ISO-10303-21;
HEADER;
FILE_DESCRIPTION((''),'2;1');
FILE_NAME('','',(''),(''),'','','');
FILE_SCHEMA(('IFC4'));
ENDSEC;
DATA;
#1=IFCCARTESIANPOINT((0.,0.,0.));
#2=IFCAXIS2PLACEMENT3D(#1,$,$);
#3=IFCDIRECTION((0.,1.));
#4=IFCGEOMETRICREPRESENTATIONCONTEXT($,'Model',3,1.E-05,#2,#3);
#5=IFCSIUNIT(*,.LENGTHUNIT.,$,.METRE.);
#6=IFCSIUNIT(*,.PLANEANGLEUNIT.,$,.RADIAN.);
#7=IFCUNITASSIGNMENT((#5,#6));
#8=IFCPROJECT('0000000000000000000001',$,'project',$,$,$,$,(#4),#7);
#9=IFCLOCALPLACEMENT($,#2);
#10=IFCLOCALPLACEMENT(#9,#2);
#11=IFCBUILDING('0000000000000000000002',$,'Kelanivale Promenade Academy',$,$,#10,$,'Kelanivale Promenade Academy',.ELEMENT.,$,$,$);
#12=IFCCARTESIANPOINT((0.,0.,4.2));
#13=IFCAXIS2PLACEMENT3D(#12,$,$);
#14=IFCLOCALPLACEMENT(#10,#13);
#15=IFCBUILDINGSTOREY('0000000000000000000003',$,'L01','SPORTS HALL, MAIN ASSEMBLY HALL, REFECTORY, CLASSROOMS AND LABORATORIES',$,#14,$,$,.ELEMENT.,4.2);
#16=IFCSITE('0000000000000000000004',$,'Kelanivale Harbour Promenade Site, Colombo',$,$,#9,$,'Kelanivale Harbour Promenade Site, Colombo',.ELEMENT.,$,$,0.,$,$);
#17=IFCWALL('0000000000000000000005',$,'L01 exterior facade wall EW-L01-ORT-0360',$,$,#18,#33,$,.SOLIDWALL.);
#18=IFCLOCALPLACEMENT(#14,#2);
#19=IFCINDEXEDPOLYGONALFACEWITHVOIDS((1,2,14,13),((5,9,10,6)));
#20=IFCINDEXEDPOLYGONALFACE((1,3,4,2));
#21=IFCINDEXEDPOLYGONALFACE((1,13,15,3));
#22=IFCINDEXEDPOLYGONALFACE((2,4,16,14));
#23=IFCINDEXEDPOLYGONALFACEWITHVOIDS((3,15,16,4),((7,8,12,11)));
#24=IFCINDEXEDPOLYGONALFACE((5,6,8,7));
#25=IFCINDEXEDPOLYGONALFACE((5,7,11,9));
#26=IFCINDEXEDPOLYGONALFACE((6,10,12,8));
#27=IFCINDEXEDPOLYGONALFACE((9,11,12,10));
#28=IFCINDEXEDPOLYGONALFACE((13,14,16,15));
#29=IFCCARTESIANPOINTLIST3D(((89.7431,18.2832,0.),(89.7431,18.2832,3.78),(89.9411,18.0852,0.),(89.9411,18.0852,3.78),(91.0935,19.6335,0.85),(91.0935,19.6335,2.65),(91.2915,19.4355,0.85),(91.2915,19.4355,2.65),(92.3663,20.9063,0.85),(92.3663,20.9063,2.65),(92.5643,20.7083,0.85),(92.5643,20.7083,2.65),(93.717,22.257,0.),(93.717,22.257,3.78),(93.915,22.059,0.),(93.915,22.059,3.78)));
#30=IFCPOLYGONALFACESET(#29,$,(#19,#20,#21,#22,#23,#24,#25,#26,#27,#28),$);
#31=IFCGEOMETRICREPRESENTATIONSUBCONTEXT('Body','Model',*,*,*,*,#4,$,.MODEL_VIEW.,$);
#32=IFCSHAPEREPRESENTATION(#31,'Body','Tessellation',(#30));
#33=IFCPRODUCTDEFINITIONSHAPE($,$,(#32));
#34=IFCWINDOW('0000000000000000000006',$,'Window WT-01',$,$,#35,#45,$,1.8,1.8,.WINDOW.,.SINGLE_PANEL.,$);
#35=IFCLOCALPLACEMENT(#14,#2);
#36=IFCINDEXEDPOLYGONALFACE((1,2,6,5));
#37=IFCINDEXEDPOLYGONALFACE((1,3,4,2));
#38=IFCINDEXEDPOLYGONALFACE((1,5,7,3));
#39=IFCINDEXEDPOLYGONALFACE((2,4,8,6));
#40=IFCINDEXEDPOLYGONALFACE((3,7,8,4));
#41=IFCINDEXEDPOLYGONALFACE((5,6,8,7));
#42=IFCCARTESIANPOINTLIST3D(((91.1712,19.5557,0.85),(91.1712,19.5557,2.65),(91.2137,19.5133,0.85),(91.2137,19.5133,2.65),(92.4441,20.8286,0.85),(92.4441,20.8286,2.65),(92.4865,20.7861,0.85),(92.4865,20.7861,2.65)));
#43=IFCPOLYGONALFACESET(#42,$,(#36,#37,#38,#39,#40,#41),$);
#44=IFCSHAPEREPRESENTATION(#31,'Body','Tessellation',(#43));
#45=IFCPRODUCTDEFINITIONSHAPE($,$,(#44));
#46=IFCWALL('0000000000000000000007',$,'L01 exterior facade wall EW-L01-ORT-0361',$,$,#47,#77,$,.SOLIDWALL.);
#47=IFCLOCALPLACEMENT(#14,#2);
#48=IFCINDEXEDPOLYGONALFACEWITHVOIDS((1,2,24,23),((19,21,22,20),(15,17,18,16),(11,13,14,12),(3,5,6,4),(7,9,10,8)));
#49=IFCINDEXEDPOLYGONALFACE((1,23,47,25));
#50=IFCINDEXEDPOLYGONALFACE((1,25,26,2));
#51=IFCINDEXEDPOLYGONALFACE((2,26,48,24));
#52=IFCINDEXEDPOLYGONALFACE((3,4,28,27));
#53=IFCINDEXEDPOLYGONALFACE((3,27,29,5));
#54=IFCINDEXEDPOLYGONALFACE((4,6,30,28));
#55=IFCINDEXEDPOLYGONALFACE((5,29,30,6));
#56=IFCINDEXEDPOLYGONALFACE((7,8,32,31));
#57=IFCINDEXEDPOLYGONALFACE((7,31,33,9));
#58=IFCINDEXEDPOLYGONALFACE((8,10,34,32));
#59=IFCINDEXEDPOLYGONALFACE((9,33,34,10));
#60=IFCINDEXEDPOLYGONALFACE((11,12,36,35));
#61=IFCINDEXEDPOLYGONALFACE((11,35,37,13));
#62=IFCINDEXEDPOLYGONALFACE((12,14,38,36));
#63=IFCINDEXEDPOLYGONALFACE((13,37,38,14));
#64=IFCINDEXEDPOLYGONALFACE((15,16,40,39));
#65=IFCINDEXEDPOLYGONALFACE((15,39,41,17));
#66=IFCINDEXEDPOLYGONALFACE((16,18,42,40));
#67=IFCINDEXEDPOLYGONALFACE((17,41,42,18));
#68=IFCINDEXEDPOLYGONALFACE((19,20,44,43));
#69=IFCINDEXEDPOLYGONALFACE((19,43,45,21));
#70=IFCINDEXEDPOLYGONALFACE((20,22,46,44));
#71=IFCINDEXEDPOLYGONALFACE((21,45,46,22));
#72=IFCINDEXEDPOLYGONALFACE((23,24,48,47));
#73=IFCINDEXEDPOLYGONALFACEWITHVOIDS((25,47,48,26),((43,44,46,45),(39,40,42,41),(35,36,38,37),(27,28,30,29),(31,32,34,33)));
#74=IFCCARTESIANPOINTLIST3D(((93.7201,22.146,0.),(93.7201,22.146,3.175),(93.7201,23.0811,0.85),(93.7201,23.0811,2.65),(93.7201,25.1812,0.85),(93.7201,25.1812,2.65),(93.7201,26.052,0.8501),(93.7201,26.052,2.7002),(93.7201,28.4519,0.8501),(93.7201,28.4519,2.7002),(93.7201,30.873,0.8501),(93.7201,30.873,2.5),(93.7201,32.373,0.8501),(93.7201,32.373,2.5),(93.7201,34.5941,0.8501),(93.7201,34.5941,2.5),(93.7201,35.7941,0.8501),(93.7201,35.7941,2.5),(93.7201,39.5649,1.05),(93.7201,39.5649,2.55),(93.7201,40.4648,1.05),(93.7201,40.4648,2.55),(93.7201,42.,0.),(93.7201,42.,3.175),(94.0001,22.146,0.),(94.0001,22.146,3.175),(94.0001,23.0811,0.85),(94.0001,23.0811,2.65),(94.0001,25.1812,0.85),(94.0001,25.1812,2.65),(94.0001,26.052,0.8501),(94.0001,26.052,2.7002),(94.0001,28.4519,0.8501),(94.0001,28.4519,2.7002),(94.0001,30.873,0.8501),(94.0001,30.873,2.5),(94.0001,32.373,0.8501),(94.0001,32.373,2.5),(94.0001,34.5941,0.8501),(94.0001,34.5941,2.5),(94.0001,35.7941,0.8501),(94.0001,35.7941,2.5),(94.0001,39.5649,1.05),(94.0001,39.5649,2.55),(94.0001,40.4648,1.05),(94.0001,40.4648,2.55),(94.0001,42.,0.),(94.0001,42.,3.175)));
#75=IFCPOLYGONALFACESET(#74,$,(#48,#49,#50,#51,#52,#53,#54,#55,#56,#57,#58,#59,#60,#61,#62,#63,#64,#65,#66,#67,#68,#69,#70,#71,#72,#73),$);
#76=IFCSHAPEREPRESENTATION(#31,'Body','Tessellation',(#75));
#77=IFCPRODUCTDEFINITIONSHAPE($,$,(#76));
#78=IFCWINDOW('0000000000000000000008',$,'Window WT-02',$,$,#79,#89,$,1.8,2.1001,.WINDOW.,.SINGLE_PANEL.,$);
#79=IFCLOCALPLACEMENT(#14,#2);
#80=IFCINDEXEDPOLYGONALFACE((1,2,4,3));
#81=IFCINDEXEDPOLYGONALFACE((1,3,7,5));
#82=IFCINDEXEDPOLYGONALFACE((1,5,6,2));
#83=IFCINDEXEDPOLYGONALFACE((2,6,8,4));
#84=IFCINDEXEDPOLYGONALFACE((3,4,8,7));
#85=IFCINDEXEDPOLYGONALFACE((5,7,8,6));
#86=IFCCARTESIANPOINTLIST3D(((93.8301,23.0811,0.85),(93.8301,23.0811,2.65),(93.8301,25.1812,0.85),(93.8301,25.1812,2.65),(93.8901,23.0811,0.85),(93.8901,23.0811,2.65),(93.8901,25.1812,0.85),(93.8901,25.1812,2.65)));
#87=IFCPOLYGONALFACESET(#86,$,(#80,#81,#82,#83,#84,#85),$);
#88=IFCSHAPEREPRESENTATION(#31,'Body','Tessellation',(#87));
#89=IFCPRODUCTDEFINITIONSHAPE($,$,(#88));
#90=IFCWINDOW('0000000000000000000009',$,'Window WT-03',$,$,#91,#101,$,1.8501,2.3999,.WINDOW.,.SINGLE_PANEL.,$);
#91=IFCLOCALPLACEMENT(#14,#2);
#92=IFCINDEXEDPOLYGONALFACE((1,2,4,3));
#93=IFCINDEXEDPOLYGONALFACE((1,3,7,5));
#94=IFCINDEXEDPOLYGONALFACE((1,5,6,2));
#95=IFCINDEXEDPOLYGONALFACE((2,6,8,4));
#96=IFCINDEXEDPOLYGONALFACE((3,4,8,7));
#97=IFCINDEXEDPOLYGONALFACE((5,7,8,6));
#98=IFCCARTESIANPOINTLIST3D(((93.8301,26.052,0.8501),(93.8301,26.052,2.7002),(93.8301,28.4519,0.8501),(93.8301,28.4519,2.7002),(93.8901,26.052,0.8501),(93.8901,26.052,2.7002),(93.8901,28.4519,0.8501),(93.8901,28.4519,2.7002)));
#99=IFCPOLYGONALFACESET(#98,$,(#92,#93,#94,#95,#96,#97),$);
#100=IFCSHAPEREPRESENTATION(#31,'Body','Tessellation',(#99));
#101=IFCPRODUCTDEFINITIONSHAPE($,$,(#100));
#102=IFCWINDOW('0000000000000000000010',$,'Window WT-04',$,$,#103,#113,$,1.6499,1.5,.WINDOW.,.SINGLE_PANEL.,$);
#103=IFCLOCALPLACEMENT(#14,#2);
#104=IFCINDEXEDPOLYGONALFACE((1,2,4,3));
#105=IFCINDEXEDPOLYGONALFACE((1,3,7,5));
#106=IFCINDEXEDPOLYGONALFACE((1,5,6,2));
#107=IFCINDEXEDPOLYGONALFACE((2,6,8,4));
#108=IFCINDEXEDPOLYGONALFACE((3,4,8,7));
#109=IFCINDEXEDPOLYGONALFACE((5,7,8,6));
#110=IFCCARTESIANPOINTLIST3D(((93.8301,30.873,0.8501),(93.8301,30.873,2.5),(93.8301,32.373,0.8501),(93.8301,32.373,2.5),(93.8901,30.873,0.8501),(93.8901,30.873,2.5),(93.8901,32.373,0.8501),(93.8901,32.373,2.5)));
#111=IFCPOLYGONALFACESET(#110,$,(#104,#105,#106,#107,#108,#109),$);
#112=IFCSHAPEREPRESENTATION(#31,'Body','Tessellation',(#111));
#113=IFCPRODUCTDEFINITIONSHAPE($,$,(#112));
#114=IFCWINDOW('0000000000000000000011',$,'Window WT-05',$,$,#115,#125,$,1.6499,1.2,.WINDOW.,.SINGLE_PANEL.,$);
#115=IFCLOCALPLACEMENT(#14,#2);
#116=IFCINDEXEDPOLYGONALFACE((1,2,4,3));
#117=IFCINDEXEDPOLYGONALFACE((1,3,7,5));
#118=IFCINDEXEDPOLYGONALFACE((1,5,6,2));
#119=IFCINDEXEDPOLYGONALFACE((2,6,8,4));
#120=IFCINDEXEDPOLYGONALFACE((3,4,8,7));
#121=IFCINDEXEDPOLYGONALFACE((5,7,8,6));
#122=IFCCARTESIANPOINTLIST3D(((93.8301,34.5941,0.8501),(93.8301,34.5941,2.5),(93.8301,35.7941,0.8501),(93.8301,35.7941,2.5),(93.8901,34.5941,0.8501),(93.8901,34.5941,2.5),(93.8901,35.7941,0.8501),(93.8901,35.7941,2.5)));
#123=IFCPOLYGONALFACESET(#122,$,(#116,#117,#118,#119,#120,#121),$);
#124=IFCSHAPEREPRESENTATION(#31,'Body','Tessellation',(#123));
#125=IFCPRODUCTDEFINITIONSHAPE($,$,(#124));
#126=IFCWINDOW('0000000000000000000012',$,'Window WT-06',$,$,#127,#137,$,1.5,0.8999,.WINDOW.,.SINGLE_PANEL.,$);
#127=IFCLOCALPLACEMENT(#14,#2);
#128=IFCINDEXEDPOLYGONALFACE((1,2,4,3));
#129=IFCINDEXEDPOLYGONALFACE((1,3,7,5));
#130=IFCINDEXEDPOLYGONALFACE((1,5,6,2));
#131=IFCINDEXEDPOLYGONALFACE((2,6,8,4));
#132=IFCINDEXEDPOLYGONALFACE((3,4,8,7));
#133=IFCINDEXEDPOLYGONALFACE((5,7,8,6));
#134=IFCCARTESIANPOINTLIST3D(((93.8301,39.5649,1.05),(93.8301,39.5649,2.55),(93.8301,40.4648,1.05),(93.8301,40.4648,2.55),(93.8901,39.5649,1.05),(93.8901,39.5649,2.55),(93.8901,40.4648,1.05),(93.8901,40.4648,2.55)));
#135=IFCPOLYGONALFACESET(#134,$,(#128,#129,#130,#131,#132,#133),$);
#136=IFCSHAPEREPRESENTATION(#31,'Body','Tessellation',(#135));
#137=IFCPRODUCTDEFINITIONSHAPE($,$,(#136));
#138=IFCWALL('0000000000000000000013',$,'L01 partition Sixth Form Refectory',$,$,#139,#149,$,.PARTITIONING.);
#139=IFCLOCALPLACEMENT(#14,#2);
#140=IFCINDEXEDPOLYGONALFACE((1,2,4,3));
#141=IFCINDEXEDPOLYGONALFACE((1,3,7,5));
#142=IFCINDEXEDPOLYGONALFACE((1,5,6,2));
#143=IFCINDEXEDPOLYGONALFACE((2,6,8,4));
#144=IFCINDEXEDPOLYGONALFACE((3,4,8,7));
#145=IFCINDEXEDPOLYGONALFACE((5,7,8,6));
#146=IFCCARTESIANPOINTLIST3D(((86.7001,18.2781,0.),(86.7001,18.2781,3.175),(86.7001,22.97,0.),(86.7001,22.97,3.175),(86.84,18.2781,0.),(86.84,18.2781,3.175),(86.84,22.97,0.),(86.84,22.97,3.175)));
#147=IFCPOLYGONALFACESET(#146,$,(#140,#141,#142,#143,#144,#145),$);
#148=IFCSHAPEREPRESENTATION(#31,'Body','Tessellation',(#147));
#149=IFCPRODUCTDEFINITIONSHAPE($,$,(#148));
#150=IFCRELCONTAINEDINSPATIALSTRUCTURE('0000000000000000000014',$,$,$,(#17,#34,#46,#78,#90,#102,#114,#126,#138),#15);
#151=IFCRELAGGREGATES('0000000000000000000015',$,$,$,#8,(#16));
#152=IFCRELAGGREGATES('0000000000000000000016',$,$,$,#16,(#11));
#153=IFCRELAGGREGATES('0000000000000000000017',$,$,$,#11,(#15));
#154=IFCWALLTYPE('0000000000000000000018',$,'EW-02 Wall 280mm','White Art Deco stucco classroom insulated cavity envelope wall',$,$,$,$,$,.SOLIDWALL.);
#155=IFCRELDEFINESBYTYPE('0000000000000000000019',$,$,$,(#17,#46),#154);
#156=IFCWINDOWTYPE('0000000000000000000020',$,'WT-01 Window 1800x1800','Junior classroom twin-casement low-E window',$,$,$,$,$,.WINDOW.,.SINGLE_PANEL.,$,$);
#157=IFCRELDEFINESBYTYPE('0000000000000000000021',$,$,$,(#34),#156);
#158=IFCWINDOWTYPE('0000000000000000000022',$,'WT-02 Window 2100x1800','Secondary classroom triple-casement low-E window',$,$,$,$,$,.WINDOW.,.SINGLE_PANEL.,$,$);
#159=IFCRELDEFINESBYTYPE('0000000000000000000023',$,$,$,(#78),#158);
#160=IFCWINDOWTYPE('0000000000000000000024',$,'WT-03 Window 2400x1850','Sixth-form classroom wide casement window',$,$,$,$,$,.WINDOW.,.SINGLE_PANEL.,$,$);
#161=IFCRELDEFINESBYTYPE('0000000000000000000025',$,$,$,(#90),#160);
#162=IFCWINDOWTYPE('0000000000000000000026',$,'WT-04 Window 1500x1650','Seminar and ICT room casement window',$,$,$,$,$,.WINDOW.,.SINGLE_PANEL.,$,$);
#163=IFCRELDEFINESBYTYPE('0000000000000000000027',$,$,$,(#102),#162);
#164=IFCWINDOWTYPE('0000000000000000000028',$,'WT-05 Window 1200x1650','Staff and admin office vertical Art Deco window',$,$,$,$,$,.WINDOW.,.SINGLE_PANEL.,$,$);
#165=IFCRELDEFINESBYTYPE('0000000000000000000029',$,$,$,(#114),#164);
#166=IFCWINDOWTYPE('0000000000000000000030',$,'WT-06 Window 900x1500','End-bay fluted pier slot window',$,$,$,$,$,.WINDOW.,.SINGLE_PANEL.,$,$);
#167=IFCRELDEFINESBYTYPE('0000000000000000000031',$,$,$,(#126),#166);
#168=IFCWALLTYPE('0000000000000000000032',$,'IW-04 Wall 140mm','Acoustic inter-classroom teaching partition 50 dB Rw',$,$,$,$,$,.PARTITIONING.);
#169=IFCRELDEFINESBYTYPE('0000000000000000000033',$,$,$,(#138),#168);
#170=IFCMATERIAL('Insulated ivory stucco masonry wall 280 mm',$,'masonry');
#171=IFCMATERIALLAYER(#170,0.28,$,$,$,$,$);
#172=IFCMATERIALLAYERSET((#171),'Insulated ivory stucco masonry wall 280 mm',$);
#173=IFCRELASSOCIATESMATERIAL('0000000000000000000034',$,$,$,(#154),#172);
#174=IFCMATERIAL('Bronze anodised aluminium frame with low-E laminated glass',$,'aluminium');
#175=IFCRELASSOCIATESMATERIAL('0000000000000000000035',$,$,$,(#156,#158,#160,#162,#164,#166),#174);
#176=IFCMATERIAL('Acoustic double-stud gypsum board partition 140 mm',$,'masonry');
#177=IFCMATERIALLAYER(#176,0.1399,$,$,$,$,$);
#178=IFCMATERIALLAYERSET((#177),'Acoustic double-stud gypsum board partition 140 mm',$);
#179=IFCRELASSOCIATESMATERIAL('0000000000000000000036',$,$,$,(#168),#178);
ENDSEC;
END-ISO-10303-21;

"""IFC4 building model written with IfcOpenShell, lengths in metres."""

from ifc_helpers import new_model, si_unit, direction, frame, frame_2d, origin, place, context, subcontext, project, spatial, rectangle, extrude, material, layer, layer_set, type_object, element, fill, save


model = new_model("IFC4")

# Units and contexts
model_context = context("Model", 3, precision=1e-05, world=origin(), true_north=direction((0.0, 1.0)))
body_context = subcontext(model_context, "Body", "Model", "MODEL_VIEW")
ifc_project = project(units=[si_unit("LENGTHUNIT", "METRE"), si_unit("PLANEANGLEUNIT", "RADIAN")], contexts=[model_context])

# Site, building, storey
site_placement = place(None, origin())
site = spatial("IfcSite", under=ifc_project, at=site_placement, Name="Kelanivale Harbour Promenade Site, Colombo", LongName="Kelanivale Harbour Promenade Site, Colombo", CompositionType="ELEMENT", RefElevation=0.0)
building_placement = place(site_placement, origin())
building = spatial("IfcBuilding", under=site, at=building_placement, Name="Kelanivale Promenade Academy", LongName="Kelanivale Promenade Academy", CompositionType="ELEMENT")
storey_placement = place(building_placement, frame((0.0, 0.0, 4.2)))
storey = spatial("IfcBuildingStorey", under=building, at=storey_placement, Name="L01", Description="SPORTS HALL, MAIN ASSEMBLY HALL, REFECTORY, CLASSROOMS AND LABORATORIES", CompositionType="ELEMENT", Elevation=4.2)

# Wall, opening, window
ifc_material_1 = material(Name="Insulated ivory stucco masonry wall 280 mm", Category="masonry")
ifc_layer_1 = layer(ifc_material_1, 0.28)
ifc_layer_set_1 = layer_set([ifc_layer_1], Name="Insulated ivory stucco masonry wall 280 mm")
wall_type_1 = type_object("IfcWallType", Name="EW-02 Wall 280mm", Description="White Art Deco stucco classroom insulated cavity envelope wall", PredefinedType="SOLIDWALL", material=ifc_layer_set_1)
wall_1_placement = place(storey_placement, frame((89.842, 18.1841, 0.0), z_axis=(0.0, 0.0, 1.0), x_axis=(0.707107, 0.707107, 0.0)))
wall_1 = element("IfcWall", 1, at=wall_1_placement, inside=storey, type_object=wall_type_1, Name="L01 exterior facade wall EW-L01-ORT-0360", PredefinedType="SOLIDWALL", context=body_context, shape_type="SweptSolid", body=[
    extrude(rectangle(XDim=5.6199, YDim=0.28, at=frame_2d((2.8101, 0.0))), origin(), (0.0, 0.0, 1.0), 3.78),
])
opening_1_placement = place(wall_1_placement, frame((1.9099, 0.0, 0.8501)))
opening_1 = element("IfcOpeningElement", 2, at=opening_1_placement, cuts=wall_1, PredefinedType="OPENING", context=body_context, shape_type="SweptSolid", body=[
    extrude(rectangle(XDim=1.8, YDim=1.8, at=frame_2d((0.8999, 0.8999))), frame((0.0, 0.1499, 0.0), z_axis=(0.0, -1.0, 0.0), x_axis=(1.0, 0.0, 0.0)), (0.0, 0.0, 1.0), 0.3),
])
ifc_material_2 = material(Name="Bronze anodised aluminium frame with low-E laminated glass", Category="aluminium")
window_type_1 = type_object("IfcWindowType", Name="WT-01 Window 1800x1800", Description="Junior classroom twin-casement low-E window", PartitioningType="SINGLE_PANEL", PredefinedType="WINDOW", material=ifc_material_2)
window_1_placement = place(opening_1_placement, origin())
window_1 = element("IfcWindow", 3, at=window_1_placement, inside=storey, type_object=window_type_1, Name="Window WT-01", OverallHeight=1.8, OverallWidth=1.8, PartitioningType="SINGLE_PANEL", PredefinedType="WINDOW", context=body_context, shape_type="SweptSolid", body=[
    extrude(rectangle(XDim=1.8, YDim=1.8, at=frame_2d((0.8999, 0.8999))), frame((0.0, 0.03, 0.0), z_axis=(0.0, -1.0, 0.0), x_axis=(1.0, 0.0, 0.0)), (0.0, 0.0, 1.0), 0.0601),
])
fill(opening_1, window_1)

# Wall, openings, windows
wall_2_placement = place(storey_placement, frame((93.8601, 22.146, 0.0), z_axis=(0.0, 0.0, 1.0), x_axis=(0.0, 1.0, 0.0)))
wall_2 = element("IfcWall", 4, at=wall_2_placement, inside=storey, type_object=wall_type_1, Name="L01 exterior facade wall EW-L01-ORT-0361", PredefinedType="SOLIDWALL", context=body_context, shape_type="SweptSolid", body=[
    extrude(rectangle(XDim=19.854, YDim=0.28, at=frame_2d((9.927, 0.0))), origin(), (0.0, 0.0, 1.0), 3.175),
])
opening_2_placement = place(wall_2_placement, frame((0.9351, 0.0, 0.8501)))
opening_2 = element("IfcOpeningElement", 5, at=opening_2_placement, cuts=wall_2, PredefinedType="OPENING", context=body_context, shape_type="SweptSolid", body=[
    extrude(rectangle(XDim=2.1001, YDim=1.8, at=frame_2d((1.05, 0.8999))), frame((0.0, 0.1499, 0.0), z_axis=(0.0, -1.0, 0.0), x_axis=(1.0, 0.0, 0.0)), (0.0, 0.0, 1.0), 0.3),
])
opening_3_placement = place(wall_2_placement, frame((3.906, 0.0, 0.8501)))
opening_3 = element("IfcOpeningElement", 6, at=opening_3_placement, cuts=wall_2, PredefinedType="OPENING", context=body_context, shape_type="SweptSolid", body=[
    extrude(rectangle(XDim=2.3999, YDim=1.8501, at=frame_2d((1.2, 0.925))), frame((0.0, 0.1499, 0.0), z_axis=(0.0, -1.0, 0.0), x_axis=(1.0, 0.0, 0.0)), (0.0, 0.0, 1.0), 0.3),
])
opening_4_placement = place(wall_2_placement, frame((8.7271, 0.0, 0.8501)))
opening_4 = element("IfcOpeningElement", 7, at=opening_4_placement, cuts=wall_2, PredefinedType="OPENING", context=body_context, shape_type="SweptSolid", body=[
    extrude(rectangle(XDim=1.5, YDim=1.6499, at=frame_2d((0.75, 0.825))), frame((0.0, 0.1499, 0.0), z_axis=(0.0, -1.0, 0.0), x_axis=(1.0, 0.0, 0.0)), (0.0, 0.0, 1.0), 0.3),
])
opening_5_placement = place(wall_2_placement, frame((12.448, 0.0, 0.8501)))
opening_5 = element("IfcOpeningElement", 8, at=opening_5_placement, cuts=wall_2, PredefinedType="OPENING", context=body_context, shape_type="SweptSolid", body=[
    extrude(rectangle(XDim=1.2, YDim=1.6499, at=frame_2d((0.6001, 0.825))), frame((0.0, 0.1499, 0.0), z_axis=(0.0, -1.0, 0.0), x_axis=(1.0, 0.0, 0.0)), (0.0, 0.0, 1.0), 0.3),
])
opening_6_placement = place(wall_2_placement, frame((17.4189, 0.0, 1.05)))
opening_6 = element("IfcOpeningElement", 9, at=opening_6_placement, cuts=wall_2, PredefinedType="OPENING", context=body_context, shape_type="SweptSolid", body=[
    extrude(rectangle(XDim=0.8999, YDim=1.5, at=frame_2d((0.45, 0.75))), frame((0.0, 0.1499, 0.0), z_axis=(0.0, -1.0, 0.0), x_axis=(1.0, 0.0, 0.0)), (0.0, 0.0, 1.0), 0.3),
])
window_type_2 = type_object("IfcWindowType", Name="WT-02 Window 2100x1800", Description="Secondary classroom triple-casement low-E window", PartitioningType="SINGLE_PANEL", PredefinedType="WINDOW", material=ifc_material_2)
window_2_placement = place(opening_2_placement, origin())
window_2 = element("IfcWindow", 10, at=window_2_placement, inside=storey, type_object=window_type_2, Name="Window WT-02", OverallHeight=1.8, OverallWidth=2.1001, PartitioningType="SINGLE_PANEL", PredefinedType="WINDOW", context=body_context, shape_type="SweptSolid", body=[
    extrude(rectangle(XDim=2.1001, YDim=1.8, at=frame_2d((1.05, 0.8999))), frame((0.0, 0.03, 0.0), z_axis=(0.0, -1.0, 0.0), x_axis=(1.0, 0.0, 0.0)), (0.0, 0.0, 1.0), 0.0601),
])
fill(opening_2, window_2)
window_type_3 = type_object("IfcWindowType", Name="WT-03 Window 2400x1850", Description="Sixth-form classroom wide casement window", PartitioningType="SINGLE_PANEL", PredefinedType="WINDOW", material=ifc_material_2)
window_3_placement = place(opening_3_placement, origin())
window_3 = element("IfcWindow", 11, at=window_3_placement, inside=storey, type_object=window_type_3, Name="Window WT-03", OverallHeight=1.8501, OverallWidth=2.3999, PartitioningType="SINGLE_PANEL", PredefinedType="WINDOW", context=body_context, shape_type="SweptSolid", body=[
    extrude(rectangle(XDim=2.3999, YDim=1.8501, at=frame_2d((1.2, 0.925))), frame((0.0, 0.03, 0.0), z_axis=(0.0, -1.0, 0.0), x_axis=(1.0, 0.0, 0.0)), (0.0, 0.0, 1.0), 0.0601),
])
fill(opening_3, window_3)
window_type_4 = type_object("IfcWindowType", Name="WT-04 Window 1500x1650", Description="Seminar and ICT room casement window", PartitioningType="SINGLE_PANEL", PredefinedType="WINDOW", material=ifc_material_2)
window_4_placement = place(opening_4_placement, origin())
window_4 = element("IfcWindow", 12, at=window_4_placement, inside=storey, type_object=window_type_4, Name="Window WT-04", OverallHeight=1.6499, OverallWidth=1.5, PartitioningType="SINGLE_PANEL", PredefinedType="WINDOW", context=body_context, shape_type="SweptSolid", body=[
    extrude(rectangle(XDim=1.5, YDim=1.6499, at=frame_2d((0.75, 0.825))), frame((0.0, 0.03, 0.0), z_axis=(0.0, -1.0, 0.0), x_axis=(1.0, 0.0, 0.0)), (0.0, 0.0, 1.0), 0.0601),
])
fill(opening_4, window_4)
window_type_5 = type_object("IfcWindowType", Name="WT-05 Window 1200x1650", Description="Staff and admin office vertical Art Deco window", PartitioningType="SINGLE_PANEL", PredefinedType="WINDOW", material=ifc_material_2)
window_5_placement = place(opening_5_placement, origin())
window_5 = element("IfcWindow", 13, at=window_5_placement, inside=storey, type_object=window_type_5, Name="Window WT-05", OverallHeight=1.6499, OverallWidth=1.2, PartitioningType="SINGLE_PANEL", PredefinedType="WINDOW", context=body_context, shape_type="SweptSolid", body=[
    extrude(rectangle(XDim=1.2, YDim=1.6499, at=frame_2d((0.6001, 0.825))), frame((0.0, 0.03, 0.0), z_axis=(0.0, -1.0, 0.0), x_axis=(1.0, 0.0, 0.0)), (0.0, 0.0, 1.0), 0.0601),
])
fill(opening_5, window_5)
window_type_6 = type_object("IfcWindowType", Name="WT-06 Window 900x1500", Description="End-bay fluted pier slot window", PartitioningType="SINGLE_PANEL", PredefinedType="WINDOW", material=ifc_material_2)
window_6_placement = place(opening_6_placement, origin())
window_6 = element("IfcWindow", 14, at=window_6_placement, inside=storey, type_object=window_type_6, Name="Window WT-06", OverallHeight=1.5, OverallWidth=0.8999, PartitioningType="SINGLE_PANEL", PredefinedType="WINDOW", context=body_context, shape_type="SweptSolid", body=[
    extrude(rectangle(XDim=0.8999, YDim=1.5, at=frame_2d((0.45, 0.75))), frame((0.0, 0.03, 0.0), z_axis=(0.0, -1.0, 0.0), x_axis=(1.0, 0.0, 0.0)), (0.0, 0.0, 1.0), 0.0601),
])
fill(opening_6, window_6)

# Wall
ifc_material_3 = material(Name="Acoustic double-stud gypsum board partition 140 mm", Category="masonry")
ifc_layer_2 = layer(ifc_material_3, 0.1399)
ifc_layer_set_2 = layer_set([ifc_layer_2], Name="Acoustic double-stud gypsum board partition 140 mm")
wall_type_2 = type_object("IfcWallType", Name="IW-04 Wall 140mm", Description="Acoustic inter-classroom teaching partition 50 dB Rw", PredefinedType="PARTITIONING", material=ifc_layer_set_2)
wall_3_placement = place(storey_placement, frame((86.77, 18.2781, 0.0), z_axis=(0.0, 0.0, 1.0), x_axis=(0.0, 1.0, 0.0)))
element("IfcWall", 15, at=wall_3_placement, inside=storey, type_object=wall_type_2, Name="L01 partition Sixth Form Refectory", PredefinedType="PARTITIONING", context=body_context, shape_type="SweptSolid", body=[
    extrude(rectangle(XDim=4.6919, YDim=0.1399, at=frame_2d((2.3459, 0.0))), origin(), (0.0, 0.0, 1.0), 3.175),
])

save(model, "model.ifc")
